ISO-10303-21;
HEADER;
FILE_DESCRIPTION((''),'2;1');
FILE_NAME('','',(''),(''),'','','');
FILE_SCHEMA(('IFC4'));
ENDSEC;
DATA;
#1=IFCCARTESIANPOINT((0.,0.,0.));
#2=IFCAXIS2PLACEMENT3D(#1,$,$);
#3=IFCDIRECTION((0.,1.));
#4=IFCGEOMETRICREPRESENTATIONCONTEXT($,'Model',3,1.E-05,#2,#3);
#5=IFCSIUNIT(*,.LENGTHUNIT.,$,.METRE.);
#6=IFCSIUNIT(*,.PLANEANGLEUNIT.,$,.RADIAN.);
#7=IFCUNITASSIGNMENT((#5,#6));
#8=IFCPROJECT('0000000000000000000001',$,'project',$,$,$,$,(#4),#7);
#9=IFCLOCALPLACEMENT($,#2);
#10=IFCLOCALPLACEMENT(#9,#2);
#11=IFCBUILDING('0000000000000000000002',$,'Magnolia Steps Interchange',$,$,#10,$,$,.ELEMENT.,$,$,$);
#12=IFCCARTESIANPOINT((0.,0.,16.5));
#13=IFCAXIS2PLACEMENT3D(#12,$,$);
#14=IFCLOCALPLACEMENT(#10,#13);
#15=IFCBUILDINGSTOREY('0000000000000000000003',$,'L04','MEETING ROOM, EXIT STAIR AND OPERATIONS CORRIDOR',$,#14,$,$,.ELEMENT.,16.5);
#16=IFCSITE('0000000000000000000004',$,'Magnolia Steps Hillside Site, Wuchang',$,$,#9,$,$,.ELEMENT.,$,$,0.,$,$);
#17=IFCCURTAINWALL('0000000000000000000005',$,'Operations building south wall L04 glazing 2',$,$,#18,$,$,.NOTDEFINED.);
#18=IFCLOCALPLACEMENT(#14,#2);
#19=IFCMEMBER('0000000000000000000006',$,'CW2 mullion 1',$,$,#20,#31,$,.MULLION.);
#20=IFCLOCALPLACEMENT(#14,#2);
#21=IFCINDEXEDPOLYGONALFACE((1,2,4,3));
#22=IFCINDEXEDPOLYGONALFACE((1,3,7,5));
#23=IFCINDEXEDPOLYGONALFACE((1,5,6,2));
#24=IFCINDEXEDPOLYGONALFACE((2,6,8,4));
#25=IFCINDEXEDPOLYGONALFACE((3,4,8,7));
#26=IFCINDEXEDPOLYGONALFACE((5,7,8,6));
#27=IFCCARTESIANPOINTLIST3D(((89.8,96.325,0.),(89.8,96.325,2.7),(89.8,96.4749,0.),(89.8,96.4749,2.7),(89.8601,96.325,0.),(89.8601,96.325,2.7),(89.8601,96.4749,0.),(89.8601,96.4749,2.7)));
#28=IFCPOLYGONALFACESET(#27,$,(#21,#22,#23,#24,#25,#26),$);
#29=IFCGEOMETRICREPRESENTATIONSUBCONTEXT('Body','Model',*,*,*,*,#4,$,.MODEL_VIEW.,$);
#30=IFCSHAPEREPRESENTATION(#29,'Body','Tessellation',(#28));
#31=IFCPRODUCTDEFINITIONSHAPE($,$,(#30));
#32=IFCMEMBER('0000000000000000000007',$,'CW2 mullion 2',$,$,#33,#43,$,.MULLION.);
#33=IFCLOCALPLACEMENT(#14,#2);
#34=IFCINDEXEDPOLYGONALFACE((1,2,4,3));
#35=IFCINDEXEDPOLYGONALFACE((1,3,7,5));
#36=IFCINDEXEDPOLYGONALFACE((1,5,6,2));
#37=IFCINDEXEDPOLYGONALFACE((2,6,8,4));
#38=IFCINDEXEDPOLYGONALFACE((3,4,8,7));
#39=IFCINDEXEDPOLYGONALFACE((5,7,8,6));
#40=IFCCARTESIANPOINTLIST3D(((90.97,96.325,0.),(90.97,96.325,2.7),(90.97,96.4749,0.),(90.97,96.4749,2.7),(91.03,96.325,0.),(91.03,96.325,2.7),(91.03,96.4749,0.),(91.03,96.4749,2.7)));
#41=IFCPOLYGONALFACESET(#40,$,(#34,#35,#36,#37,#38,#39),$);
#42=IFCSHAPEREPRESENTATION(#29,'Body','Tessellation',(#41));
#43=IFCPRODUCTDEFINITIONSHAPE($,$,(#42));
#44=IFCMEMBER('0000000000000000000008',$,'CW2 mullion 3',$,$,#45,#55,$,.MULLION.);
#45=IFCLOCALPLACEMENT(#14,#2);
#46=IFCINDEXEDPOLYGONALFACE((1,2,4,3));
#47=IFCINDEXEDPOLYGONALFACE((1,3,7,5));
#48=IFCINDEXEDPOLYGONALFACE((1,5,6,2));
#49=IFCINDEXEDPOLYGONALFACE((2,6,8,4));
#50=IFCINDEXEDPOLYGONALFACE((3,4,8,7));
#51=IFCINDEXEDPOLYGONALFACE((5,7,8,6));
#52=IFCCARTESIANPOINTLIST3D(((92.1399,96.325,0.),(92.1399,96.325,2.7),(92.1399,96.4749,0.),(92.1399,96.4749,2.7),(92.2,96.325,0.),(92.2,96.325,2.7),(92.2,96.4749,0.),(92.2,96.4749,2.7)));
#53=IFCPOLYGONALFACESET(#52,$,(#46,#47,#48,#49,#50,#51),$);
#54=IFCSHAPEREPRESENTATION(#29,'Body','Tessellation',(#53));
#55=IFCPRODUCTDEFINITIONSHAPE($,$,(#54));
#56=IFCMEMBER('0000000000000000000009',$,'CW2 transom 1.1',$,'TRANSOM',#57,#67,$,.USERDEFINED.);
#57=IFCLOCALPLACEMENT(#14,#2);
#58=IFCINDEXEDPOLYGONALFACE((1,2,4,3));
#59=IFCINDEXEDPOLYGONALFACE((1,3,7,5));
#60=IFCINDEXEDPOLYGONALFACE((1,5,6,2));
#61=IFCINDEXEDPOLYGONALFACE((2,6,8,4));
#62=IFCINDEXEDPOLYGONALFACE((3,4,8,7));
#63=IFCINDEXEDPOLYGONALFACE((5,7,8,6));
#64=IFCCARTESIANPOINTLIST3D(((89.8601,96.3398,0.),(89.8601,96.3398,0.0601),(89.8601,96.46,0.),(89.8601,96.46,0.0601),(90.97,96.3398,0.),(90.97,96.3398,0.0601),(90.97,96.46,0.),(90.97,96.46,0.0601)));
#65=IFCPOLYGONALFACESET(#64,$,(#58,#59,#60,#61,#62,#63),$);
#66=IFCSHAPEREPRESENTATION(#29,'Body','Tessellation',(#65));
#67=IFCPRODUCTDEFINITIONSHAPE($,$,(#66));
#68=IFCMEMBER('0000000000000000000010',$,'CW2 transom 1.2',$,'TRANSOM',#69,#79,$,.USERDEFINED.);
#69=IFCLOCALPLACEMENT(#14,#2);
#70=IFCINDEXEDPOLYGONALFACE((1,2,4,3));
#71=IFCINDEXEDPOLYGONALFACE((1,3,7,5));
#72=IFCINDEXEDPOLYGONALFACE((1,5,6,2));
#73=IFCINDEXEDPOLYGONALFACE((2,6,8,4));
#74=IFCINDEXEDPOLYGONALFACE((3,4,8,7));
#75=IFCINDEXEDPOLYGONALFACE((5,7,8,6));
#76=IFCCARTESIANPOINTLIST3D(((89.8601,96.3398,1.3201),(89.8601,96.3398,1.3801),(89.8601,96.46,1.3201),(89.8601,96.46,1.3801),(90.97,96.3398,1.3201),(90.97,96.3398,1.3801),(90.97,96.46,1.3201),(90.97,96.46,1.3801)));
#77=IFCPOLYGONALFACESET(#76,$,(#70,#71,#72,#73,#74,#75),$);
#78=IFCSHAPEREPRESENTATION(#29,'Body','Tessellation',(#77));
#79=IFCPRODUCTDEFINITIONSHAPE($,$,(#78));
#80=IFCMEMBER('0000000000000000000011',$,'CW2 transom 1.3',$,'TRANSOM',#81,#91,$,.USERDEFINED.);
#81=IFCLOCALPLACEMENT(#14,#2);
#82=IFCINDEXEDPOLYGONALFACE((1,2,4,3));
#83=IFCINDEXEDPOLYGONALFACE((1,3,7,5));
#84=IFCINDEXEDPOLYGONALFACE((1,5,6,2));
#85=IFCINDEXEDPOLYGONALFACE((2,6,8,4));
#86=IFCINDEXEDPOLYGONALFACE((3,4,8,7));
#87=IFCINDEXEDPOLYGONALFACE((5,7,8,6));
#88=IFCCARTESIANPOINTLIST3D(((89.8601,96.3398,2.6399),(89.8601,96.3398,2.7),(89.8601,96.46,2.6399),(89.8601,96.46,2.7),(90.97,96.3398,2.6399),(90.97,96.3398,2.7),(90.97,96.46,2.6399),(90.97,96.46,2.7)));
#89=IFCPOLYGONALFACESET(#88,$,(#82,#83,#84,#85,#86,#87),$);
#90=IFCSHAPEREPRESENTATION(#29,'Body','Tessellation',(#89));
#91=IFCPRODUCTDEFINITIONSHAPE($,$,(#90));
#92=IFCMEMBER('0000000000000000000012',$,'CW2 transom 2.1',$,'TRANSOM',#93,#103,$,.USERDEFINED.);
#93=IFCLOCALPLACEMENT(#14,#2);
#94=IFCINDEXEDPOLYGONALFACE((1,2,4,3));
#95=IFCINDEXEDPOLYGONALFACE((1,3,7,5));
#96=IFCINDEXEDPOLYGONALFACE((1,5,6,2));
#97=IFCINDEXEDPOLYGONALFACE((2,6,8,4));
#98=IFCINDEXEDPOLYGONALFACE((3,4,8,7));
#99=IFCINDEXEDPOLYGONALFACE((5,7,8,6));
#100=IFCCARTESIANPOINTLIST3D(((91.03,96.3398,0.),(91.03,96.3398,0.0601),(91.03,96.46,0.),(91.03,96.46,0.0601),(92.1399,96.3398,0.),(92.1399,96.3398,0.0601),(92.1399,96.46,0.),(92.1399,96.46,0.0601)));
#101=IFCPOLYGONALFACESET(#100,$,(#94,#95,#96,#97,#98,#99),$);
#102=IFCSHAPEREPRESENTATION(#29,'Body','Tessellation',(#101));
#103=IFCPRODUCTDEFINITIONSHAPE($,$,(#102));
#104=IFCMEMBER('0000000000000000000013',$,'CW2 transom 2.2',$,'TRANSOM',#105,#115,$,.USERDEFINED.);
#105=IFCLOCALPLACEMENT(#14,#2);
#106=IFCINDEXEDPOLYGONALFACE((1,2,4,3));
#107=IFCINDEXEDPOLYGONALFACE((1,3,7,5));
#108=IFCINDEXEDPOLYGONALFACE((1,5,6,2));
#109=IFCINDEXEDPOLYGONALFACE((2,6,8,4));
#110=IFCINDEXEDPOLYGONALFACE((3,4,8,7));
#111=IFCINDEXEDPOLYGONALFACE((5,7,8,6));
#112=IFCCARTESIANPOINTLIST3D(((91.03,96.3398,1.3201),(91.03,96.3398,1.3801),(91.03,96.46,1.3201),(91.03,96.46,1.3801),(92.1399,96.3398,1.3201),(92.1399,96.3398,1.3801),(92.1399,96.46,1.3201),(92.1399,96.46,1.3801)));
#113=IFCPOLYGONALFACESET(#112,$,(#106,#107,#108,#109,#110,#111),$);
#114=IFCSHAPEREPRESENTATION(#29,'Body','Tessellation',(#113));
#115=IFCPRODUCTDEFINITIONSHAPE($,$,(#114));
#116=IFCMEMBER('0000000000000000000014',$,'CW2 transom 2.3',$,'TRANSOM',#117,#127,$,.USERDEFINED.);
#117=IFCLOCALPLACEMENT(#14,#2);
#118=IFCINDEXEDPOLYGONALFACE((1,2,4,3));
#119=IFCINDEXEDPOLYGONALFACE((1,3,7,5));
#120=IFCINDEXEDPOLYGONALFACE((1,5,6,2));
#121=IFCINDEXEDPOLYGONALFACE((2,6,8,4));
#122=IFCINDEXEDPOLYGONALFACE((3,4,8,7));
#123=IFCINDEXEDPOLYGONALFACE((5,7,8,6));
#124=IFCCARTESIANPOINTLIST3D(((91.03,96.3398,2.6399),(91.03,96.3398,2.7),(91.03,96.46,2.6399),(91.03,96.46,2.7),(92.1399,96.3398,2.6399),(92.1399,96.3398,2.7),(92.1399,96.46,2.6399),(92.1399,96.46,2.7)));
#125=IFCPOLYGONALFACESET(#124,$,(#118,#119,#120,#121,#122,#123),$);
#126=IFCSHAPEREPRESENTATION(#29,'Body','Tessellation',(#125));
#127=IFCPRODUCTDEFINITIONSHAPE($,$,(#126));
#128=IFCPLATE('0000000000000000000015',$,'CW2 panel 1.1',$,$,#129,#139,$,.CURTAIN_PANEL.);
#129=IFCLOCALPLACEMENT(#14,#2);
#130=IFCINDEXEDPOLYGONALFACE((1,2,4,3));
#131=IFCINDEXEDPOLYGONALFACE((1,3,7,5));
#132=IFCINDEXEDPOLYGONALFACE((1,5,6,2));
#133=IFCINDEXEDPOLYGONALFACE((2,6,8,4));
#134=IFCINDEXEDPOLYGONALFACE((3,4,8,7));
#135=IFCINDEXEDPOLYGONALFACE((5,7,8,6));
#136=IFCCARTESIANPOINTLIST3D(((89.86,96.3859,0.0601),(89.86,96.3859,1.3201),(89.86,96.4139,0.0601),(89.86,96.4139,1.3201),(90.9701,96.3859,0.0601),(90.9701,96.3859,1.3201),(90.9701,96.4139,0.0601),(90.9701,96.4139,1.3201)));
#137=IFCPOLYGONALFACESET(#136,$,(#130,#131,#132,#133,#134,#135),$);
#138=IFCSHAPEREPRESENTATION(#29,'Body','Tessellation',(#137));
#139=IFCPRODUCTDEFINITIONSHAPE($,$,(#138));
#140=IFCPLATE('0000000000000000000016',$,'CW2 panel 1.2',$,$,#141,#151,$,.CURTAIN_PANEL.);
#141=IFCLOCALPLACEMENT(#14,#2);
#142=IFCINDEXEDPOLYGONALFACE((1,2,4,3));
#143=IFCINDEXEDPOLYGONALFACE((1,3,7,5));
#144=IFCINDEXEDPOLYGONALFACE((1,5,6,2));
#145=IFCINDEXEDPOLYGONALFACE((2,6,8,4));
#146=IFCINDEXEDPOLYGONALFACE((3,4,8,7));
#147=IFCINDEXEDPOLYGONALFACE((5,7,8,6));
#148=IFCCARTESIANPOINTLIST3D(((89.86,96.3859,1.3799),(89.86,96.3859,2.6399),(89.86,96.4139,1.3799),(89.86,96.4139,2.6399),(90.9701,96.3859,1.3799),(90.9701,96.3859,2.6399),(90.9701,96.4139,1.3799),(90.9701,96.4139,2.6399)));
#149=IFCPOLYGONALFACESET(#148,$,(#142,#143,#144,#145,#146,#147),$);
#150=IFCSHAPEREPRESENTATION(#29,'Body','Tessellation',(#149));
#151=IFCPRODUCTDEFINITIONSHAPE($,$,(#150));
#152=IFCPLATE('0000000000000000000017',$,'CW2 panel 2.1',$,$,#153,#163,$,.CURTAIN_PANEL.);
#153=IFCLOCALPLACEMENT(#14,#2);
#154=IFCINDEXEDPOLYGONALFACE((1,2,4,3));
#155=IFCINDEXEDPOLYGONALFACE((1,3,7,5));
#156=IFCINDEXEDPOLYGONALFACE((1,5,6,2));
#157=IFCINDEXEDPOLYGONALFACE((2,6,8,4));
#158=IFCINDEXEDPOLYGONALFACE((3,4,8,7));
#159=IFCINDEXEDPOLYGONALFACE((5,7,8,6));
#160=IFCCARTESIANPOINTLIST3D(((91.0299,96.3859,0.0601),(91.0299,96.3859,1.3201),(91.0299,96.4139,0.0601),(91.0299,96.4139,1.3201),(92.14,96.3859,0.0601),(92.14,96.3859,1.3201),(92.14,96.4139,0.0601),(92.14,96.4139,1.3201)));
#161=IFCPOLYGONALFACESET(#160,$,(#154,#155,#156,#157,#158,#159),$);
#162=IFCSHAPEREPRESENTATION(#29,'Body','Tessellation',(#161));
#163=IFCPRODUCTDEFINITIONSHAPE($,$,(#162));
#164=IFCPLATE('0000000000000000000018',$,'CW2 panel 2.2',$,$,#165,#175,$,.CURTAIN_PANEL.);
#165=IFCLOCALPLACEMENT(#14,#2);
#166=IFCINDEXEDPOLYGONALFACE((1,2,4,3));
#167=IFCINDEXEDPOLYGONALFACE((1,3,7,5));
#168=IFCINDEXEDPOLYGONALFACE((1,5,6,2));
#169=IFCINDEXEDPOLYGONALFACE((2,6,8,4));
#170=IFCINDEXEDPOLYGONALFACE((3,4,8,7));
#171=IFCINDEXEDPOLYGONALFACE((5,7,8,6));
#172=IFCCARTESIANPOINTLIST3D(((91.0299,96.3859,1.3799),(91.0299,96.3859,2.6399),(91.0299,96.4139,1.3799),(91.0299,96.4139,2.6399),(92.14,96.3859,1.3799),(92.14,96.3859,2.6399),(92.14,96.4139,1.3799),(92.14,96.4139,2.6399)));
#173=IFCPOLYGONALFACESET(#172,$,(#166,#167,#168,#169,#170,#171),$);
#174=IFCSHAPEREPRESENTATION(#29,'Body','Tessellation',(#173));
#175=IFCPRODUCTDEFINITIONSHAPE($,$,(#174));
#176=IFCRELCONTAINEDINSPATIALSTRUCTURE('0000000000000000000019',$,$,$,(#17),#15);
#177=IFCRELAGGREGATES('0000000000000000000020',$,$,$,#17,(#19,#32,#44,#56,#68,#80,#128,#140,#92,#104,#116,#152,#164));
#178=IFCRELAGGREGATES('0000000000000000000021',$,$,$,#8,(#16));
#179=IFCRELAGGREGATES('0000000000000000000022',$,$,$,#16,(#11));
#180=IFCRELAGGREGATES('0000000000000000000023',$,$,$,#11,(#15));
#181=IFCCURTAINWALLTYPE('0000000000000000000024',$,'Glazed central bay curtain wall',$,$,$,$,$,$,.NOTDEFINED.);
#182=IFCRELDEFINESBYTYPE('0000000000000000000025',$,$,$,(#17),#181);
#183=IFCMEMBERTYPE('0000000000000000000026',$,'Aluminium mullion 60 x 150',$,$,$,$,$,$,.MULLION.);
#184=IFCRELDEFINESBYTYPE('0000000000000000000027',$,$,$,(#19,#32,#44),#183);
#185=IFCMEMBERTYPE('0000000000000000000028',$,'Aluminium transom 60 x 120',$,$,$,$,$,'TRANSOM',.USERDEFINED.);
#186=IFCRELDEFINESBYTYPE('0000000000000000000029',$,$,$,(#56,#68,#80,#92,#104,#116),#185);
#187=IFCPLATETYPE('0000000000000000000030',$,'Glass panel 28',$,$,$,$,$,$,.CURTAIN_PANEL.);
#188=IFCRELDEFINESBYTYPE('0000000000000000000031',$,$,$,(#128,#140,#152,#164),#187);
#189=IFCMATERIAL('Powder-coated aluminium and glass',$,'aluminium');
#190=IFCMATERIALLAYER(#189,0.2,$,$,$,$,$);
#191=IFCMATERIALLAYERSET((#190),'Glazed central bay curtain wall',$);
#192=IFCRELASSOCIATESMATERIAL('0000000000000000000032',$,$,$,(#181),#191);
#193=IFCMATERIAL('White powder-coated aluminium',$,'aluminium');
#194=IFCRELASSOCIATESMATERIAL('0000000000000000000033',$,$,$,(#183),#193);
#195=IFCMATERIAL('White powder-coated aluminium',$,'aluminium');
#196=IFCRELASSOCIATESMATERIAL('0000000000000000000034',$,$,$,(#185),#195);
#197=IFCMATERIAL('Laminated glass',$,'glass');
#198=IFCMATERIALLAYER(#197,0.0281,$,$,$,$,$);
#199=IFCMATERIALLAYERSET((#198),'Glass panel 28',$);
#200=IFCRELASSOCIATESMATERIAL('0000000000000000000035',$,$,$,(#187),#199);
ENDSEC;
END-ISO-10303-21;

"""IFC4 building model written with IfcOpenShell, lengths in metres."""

from ifc_helpers import new_model, si_unit, direction, frame, origin, origin_2d, place, context, subcontext, project, spatial, rectangle, extrude, material, layer, layer_set, material_profile, profile_set, type_object, element, aggregate, save


model = new_model("IFC4")

# Units and contexts
model_context = context("Model", 3, precision=1e-05, world=origin(), true_north=direction((0.0, 1.0)))
body_context = subcontext(model_context, "Body", "Model", "MODEL_VIEW")
ifc_project = project(units=[si_unit("LENGTHUNIT", "METRE"), si_unit("PLANEANGLEUNIT", "RADIAN")], contexts=[model_context])

# Site, building, storey
site_placement = place(None, origin())
site = spatial("IfcSite", under=ifc_project, at=site_placement, Name="Magnolia Steps Hillside Site, Wuchang", CompositionType="ELEMENT", RefElevation=0.0)
building_placement = place(site_placement, origin())
building = spatial("IfcBuilding", under=site, at=building_placement, Name="Magnolia Steps Interchange", CompositionType="ELEMENT")
storey_placement = place(building_placement, frame((0.0, 0.0, 16.5)))
storey = spatial("IfcBuildingStorey", under=building, at=storey_placement, Name="L04", Description="MEETING ROOM, EXIT STAIR AND OPERATIONS CORRIDOR", CompositionType="ELEMENT", Elevation=16.5)

# Curtain wall, members, plates
ifc_material_1 = material(Name="Powder-coated aluminium and glass", Category="aluminium")
ifc_layer_1 = layer(ifc_material_1, 0.2)
ifc_layer_set_1 = layer_set([ifc_layer_1], Name="Glazed central bay curtain wall")
curtain_wall_type = type_object("IfcCurtainWallType", Name="Glazed central bay curtain wall", PredefinedType="NOTDEFINED", material=ifc_layer_set_1)
curtain_wall_placement = place(storey_placement, origin())
curtain_wall = element("IfcCurtainWall", 1, at=curtain_wall_placement, inside=storey, type_object=curtain_wall_type, Name="Operations building south wall L04 glazing 2", PredefinedType="NOTDEFINED")
ifc_material_2 = material(Name="White powder-coated aluminium", Category="aluminium")
ifc_material_profile_1 = material_profile(ifc_material_2, rectangle(XDim=0.0601, YDim=0.1499, at=origin_2d()), Name="Aluminium mullion 60 x 150")
ifc_profile_set_1 = profile_set([ifc_material_profile_1], Name="White powder-coated aluminium")
member_type_1 = type_object("IfcMemberType", Name="Aluminium mullion 60 x 150", PredefinedType="MULLION", material=ifc_profile_set_1)
member_1_placement = place(storey_placement, frame((89.8301, 96.3999, 0.0), z_axis=(0.0, 0.0, 1.0), x_axis=(1.0, 0.0, 0.0)))
member_1 = element("IfcMember", 2, at=member_1_placement, type_object=member_type_1, Name="CW2 mullion 1", PredefinedType="MULLION", context=body_context, shape_type="SweptSolid", body=[
    extrude(rectangle(XDim=0.0601, YDim=0.1499, at=origin_2d()), origin(), (0.0, 0.0, 1.0), 2.7),
])
member_2_placement = place(storey_placement, frame((91.0, 96.3999, 0.0), z_axis=(0.0, 0.0, 1.0), x_axis=(1.0, 0.0, 0.0)))
member_2 = element("IfcMember", 3, at=member_2_placement, type_object=member_type_1, Name="CW2 mullion 2", PredefinedType="MULLION", context=body_context, shape_type="SweptSolid", body=[
    extrude(rectangle(XDim=0.0601, YDim=0.1499, at=origin_2d()), origin(), (0.0, 0.0, 1.0), 2.7),
])
member_3_placement = place(storey_placement, frame((92.1699, 96.3999, 0.0), z_axis=(0.0, 0.0, 1.0), x_axis=(1.0, 0.0, 0.0)))
member_3 = element("IfcMember", 4, at=member_3_placement, type_object=member_type_1, Name="CW2 mullion 3", PredefinedType="MULLION", context=body_context, shape_type="SweptSolid", body=[
    extrude(rectangle(XDim=0.0601, YDim=0.1499, at=origin_2d()), origin(), (0.0, 0.0, 1.0), 2.7),
])
ifc_material_3 = material(Name="White powder-coated aluminium", Category="aluminium")
ifc_material_profile_2 = material_profile(ifc_material_3, rectangle(XDim=0.0601, YDim=0.1201, at=origin_2d()), Name="Aluminium transom 60 x 120")
ifc_profile_set_2 = profile_set([ifc_material_profile_2], Name="White powder-coated aluminium")
member_type_2 = type_object("IfcMemberType", Name="Aluminium transom 60 x 120", ElementType="TRANSOM", PredefinedType="USERDEFINED", material=ifc_profile_set_2)
member_4_placement = place(storey_placement, frame((89.8601, 96.3999, 0.03), z_axis=(1.0, 0.0, 0.0), x_axis=(0.0, 0.0, 1.0)))
member_4 = element("IfcMember", 5, at=member_4_placement, type_object=member_type_2, Name="CW2 transom 1.1", ObjectType="TRANSOM", PredefinedType="USERDEFINED", context=body_context, shape_type="SweptSolid", body=[
    extrude(rectangle(XDim=0.0601, YDim=0.1201, at=origin_2d()), origin(), (0.0, 0.0, 1.0), 1.1099),
])
member_5_placement = place(storey_placement, frame((89.8601, 96.3999, 1.3501), z_axis=(1.0, 0.0, 0.0), x_axis=(0.0, 0.0, 1.0)))
member_5 = element("IfcMember", 6, at=member_5_placement, type_object=member_type_2, Name="CW2 transom 1.2", ObjectType="TRANSOM", PredefinedType="USERDEFINED", context=body_context, shape_type="SweptSolid", body=[
    extrude(rectangle(XDim=0.0601, YDim=0.1201, at=origin_2d()), origin(), (0.0, 0.0, 1.0), 1.1099),
])
member_6_placement = place(storey_placement, frame((89.8601, 96.3999, 2.6699), z_axis=(1.0, 0.0, 0.0), x_axis=(0.0, 0.0, 1.0)))
member_6 = element("IfcMember", 7, at=member_6_placement, type_object=member_type_2, Name="CW2 transom 1.3", ObjectType="TRANSOM", PredefinedType="USERDEFINED", context=body_context, shape_type="SweptSolid", body=[
    extrude(rectangle(XDim=0.0601, YDim=0.1201, at=origin_2d()), origin(), (0.0, 0.0, 1.0), 1.1099),
])
member_7_placement = place(storey_placement, frame((91.03, 96.3999, 0.03), z_axis=(1.0, 0.0, 0.0), x_axis=(0.0, 0.0, 1.0)))
member_7 = element("IfcMember", 8, at=member_7_placement, type_object=member_type_2, Name="CW2 transom 2.1", ObjectType="TRANSOM", PredefinedType="USERDEFINED", context=body_context, shape_type="SweptSolid", body=[
    extrude(rectangle(XDim=0.0601, YDim=0.1201, at=origin_2d()), origin(), (0.0, 0.0, 1.0), 1.1099),
])
member_8_placement = place(storey_placement, frame((91.03, 96.3999, 1.3501), z_axis=(1.0, 0.0, 0.0), x_axis=(0.0, 0.0, 1.0)))
member_8 = element("IfcMember", 9, at=member_8_placement, type_object=member_type_2, Name="CW2 transom 2.2", ObjectType="TRANSOM", PredefinedType="USERDEFINED", context=body_context, shape_type="SweptSolid", body=[
    extrude(rectangle(XDim=0.0601, YDim=0.1201, at=origin_2d()), origin(), (0.0, 0.0, 1.0), 1.1099),
])
member_9_placement = place(storey_placement, frame((91.03, 96.3999, 2.6699), z_axis=(1.0, 0.0, 0.0), x_axis=(0.0, 0.0, 1.0)))
member_9 = element("IfcMember", 10, at=member_9_placement, type_object=member_type_2, Name="CW2 transom 2.3", ObjectType="TRANSOM", PredefinedType="USERDEFINED", context=body_context, shape_type="SweptSolid", body=[
    extrude(rectangle(XDim=0.0601, YDim=0.1201, at=origin_2d()), origin(), (0.0, 0.0, 1.0), 1.1099),
])
ifc_material_4 = material(Name="Laminated glass", Category="glass")
ifc_layer_2 = layer(ifc_material_4, 0.0281)
ifc_layer_set_2 = layer_set([ifc_layer_2], Name="Glass panel 28")
plate_type = type_object("IfcPlateType", Name="Glass panel 28", PredefinedType="CURTAIN_PANEL", material=ifc_layer_set_2)
plate_1_placement = place(storey_placement, frame((90.415, 96.3999, 0.0601), z_axis=(0.0, 0.0, 1.0), x_axis=(1.0, 0.0, 0.0)))
plate_1 = element("IfcPlate", 11, at=plate_1_placement, type_object=plate_type, Name="CW2 panel 1.1", PredefinedType="CURTAIN_PANEL", context=body_context, shape_type="SweptSolid", body=[
    extrude(rectangle(XDim=1.1101, YDim=0.0281, at=origin_2d()), origin(), (0.0, 0.0, 1.0), 1.26),
])
plate_2_placement = place(storey_placement, frame((90.415, 96.3999, 1.3799), z_axis=(0.0, 0.0, 1.0), x_axis=(1.0, 0.0, 0.0)))
plate_2 = element("IfcPlate", 12, at=plate_2_placement, type_object=plate_type, Name="CW2 panel 1.2", PredefinedType="CURTAIN_PANEL", context=body_context, shape_type="SweptSolid", body=[
    extrude(rectangle(XDim=1.1101, YDim=0.0281, at=origin_2d()), origin(), (0.0, 0.0, 1.0), 1.26),
])
plate_3_placement = place(storey_placement, frame((91.585, 96.3999, 0.0601), z_axis=(0.0, 0.0, 1.0), x_axis=(1.0, 0.0, 0.0)))
plate_3 = element("IfcPlate", 13, at=plate_3_placement, type_object=plate_type, Name="CW2 panel 2.1", PredefinedType="CURTAIN_PANEL", context=body_context, shape_type="SweptSolid", body=[
    extrude(rectangle(XDim=1.1101, YDim=0.0281, at=origin_2d()), origin(), (0.0, 0.0, 1.0), 1.26),
])
plate_4_placement = place(storey_placement, frame((91.585, 96.3999, 1.3799), z_axis=(0.0, 0.0, 1.0), x_axis=(1.0, 0.0, 0.0)))
plate_4 = element("IfcPlate", 14, at=plate_4_placement, type_object=plate_type, Name="CW2 panel 2.2", PredefinedType="CURTAIN_PANEL", context=body_context, shape_type="SweptSolid", body=[
    extrude(rectangle(XDim=1.1101, YDim=0.0281, at=origin_2d()), origin(), (0.0, 0.0, 1.0), 1.26),
])
aggregate(curtain_wall, [member_1, member_2, member_3, member_4, member_5, member_6, plate_1, plate_2, member_7, member_8, member_9, plate_3, plate_4])

save(model, "model.ifc")
